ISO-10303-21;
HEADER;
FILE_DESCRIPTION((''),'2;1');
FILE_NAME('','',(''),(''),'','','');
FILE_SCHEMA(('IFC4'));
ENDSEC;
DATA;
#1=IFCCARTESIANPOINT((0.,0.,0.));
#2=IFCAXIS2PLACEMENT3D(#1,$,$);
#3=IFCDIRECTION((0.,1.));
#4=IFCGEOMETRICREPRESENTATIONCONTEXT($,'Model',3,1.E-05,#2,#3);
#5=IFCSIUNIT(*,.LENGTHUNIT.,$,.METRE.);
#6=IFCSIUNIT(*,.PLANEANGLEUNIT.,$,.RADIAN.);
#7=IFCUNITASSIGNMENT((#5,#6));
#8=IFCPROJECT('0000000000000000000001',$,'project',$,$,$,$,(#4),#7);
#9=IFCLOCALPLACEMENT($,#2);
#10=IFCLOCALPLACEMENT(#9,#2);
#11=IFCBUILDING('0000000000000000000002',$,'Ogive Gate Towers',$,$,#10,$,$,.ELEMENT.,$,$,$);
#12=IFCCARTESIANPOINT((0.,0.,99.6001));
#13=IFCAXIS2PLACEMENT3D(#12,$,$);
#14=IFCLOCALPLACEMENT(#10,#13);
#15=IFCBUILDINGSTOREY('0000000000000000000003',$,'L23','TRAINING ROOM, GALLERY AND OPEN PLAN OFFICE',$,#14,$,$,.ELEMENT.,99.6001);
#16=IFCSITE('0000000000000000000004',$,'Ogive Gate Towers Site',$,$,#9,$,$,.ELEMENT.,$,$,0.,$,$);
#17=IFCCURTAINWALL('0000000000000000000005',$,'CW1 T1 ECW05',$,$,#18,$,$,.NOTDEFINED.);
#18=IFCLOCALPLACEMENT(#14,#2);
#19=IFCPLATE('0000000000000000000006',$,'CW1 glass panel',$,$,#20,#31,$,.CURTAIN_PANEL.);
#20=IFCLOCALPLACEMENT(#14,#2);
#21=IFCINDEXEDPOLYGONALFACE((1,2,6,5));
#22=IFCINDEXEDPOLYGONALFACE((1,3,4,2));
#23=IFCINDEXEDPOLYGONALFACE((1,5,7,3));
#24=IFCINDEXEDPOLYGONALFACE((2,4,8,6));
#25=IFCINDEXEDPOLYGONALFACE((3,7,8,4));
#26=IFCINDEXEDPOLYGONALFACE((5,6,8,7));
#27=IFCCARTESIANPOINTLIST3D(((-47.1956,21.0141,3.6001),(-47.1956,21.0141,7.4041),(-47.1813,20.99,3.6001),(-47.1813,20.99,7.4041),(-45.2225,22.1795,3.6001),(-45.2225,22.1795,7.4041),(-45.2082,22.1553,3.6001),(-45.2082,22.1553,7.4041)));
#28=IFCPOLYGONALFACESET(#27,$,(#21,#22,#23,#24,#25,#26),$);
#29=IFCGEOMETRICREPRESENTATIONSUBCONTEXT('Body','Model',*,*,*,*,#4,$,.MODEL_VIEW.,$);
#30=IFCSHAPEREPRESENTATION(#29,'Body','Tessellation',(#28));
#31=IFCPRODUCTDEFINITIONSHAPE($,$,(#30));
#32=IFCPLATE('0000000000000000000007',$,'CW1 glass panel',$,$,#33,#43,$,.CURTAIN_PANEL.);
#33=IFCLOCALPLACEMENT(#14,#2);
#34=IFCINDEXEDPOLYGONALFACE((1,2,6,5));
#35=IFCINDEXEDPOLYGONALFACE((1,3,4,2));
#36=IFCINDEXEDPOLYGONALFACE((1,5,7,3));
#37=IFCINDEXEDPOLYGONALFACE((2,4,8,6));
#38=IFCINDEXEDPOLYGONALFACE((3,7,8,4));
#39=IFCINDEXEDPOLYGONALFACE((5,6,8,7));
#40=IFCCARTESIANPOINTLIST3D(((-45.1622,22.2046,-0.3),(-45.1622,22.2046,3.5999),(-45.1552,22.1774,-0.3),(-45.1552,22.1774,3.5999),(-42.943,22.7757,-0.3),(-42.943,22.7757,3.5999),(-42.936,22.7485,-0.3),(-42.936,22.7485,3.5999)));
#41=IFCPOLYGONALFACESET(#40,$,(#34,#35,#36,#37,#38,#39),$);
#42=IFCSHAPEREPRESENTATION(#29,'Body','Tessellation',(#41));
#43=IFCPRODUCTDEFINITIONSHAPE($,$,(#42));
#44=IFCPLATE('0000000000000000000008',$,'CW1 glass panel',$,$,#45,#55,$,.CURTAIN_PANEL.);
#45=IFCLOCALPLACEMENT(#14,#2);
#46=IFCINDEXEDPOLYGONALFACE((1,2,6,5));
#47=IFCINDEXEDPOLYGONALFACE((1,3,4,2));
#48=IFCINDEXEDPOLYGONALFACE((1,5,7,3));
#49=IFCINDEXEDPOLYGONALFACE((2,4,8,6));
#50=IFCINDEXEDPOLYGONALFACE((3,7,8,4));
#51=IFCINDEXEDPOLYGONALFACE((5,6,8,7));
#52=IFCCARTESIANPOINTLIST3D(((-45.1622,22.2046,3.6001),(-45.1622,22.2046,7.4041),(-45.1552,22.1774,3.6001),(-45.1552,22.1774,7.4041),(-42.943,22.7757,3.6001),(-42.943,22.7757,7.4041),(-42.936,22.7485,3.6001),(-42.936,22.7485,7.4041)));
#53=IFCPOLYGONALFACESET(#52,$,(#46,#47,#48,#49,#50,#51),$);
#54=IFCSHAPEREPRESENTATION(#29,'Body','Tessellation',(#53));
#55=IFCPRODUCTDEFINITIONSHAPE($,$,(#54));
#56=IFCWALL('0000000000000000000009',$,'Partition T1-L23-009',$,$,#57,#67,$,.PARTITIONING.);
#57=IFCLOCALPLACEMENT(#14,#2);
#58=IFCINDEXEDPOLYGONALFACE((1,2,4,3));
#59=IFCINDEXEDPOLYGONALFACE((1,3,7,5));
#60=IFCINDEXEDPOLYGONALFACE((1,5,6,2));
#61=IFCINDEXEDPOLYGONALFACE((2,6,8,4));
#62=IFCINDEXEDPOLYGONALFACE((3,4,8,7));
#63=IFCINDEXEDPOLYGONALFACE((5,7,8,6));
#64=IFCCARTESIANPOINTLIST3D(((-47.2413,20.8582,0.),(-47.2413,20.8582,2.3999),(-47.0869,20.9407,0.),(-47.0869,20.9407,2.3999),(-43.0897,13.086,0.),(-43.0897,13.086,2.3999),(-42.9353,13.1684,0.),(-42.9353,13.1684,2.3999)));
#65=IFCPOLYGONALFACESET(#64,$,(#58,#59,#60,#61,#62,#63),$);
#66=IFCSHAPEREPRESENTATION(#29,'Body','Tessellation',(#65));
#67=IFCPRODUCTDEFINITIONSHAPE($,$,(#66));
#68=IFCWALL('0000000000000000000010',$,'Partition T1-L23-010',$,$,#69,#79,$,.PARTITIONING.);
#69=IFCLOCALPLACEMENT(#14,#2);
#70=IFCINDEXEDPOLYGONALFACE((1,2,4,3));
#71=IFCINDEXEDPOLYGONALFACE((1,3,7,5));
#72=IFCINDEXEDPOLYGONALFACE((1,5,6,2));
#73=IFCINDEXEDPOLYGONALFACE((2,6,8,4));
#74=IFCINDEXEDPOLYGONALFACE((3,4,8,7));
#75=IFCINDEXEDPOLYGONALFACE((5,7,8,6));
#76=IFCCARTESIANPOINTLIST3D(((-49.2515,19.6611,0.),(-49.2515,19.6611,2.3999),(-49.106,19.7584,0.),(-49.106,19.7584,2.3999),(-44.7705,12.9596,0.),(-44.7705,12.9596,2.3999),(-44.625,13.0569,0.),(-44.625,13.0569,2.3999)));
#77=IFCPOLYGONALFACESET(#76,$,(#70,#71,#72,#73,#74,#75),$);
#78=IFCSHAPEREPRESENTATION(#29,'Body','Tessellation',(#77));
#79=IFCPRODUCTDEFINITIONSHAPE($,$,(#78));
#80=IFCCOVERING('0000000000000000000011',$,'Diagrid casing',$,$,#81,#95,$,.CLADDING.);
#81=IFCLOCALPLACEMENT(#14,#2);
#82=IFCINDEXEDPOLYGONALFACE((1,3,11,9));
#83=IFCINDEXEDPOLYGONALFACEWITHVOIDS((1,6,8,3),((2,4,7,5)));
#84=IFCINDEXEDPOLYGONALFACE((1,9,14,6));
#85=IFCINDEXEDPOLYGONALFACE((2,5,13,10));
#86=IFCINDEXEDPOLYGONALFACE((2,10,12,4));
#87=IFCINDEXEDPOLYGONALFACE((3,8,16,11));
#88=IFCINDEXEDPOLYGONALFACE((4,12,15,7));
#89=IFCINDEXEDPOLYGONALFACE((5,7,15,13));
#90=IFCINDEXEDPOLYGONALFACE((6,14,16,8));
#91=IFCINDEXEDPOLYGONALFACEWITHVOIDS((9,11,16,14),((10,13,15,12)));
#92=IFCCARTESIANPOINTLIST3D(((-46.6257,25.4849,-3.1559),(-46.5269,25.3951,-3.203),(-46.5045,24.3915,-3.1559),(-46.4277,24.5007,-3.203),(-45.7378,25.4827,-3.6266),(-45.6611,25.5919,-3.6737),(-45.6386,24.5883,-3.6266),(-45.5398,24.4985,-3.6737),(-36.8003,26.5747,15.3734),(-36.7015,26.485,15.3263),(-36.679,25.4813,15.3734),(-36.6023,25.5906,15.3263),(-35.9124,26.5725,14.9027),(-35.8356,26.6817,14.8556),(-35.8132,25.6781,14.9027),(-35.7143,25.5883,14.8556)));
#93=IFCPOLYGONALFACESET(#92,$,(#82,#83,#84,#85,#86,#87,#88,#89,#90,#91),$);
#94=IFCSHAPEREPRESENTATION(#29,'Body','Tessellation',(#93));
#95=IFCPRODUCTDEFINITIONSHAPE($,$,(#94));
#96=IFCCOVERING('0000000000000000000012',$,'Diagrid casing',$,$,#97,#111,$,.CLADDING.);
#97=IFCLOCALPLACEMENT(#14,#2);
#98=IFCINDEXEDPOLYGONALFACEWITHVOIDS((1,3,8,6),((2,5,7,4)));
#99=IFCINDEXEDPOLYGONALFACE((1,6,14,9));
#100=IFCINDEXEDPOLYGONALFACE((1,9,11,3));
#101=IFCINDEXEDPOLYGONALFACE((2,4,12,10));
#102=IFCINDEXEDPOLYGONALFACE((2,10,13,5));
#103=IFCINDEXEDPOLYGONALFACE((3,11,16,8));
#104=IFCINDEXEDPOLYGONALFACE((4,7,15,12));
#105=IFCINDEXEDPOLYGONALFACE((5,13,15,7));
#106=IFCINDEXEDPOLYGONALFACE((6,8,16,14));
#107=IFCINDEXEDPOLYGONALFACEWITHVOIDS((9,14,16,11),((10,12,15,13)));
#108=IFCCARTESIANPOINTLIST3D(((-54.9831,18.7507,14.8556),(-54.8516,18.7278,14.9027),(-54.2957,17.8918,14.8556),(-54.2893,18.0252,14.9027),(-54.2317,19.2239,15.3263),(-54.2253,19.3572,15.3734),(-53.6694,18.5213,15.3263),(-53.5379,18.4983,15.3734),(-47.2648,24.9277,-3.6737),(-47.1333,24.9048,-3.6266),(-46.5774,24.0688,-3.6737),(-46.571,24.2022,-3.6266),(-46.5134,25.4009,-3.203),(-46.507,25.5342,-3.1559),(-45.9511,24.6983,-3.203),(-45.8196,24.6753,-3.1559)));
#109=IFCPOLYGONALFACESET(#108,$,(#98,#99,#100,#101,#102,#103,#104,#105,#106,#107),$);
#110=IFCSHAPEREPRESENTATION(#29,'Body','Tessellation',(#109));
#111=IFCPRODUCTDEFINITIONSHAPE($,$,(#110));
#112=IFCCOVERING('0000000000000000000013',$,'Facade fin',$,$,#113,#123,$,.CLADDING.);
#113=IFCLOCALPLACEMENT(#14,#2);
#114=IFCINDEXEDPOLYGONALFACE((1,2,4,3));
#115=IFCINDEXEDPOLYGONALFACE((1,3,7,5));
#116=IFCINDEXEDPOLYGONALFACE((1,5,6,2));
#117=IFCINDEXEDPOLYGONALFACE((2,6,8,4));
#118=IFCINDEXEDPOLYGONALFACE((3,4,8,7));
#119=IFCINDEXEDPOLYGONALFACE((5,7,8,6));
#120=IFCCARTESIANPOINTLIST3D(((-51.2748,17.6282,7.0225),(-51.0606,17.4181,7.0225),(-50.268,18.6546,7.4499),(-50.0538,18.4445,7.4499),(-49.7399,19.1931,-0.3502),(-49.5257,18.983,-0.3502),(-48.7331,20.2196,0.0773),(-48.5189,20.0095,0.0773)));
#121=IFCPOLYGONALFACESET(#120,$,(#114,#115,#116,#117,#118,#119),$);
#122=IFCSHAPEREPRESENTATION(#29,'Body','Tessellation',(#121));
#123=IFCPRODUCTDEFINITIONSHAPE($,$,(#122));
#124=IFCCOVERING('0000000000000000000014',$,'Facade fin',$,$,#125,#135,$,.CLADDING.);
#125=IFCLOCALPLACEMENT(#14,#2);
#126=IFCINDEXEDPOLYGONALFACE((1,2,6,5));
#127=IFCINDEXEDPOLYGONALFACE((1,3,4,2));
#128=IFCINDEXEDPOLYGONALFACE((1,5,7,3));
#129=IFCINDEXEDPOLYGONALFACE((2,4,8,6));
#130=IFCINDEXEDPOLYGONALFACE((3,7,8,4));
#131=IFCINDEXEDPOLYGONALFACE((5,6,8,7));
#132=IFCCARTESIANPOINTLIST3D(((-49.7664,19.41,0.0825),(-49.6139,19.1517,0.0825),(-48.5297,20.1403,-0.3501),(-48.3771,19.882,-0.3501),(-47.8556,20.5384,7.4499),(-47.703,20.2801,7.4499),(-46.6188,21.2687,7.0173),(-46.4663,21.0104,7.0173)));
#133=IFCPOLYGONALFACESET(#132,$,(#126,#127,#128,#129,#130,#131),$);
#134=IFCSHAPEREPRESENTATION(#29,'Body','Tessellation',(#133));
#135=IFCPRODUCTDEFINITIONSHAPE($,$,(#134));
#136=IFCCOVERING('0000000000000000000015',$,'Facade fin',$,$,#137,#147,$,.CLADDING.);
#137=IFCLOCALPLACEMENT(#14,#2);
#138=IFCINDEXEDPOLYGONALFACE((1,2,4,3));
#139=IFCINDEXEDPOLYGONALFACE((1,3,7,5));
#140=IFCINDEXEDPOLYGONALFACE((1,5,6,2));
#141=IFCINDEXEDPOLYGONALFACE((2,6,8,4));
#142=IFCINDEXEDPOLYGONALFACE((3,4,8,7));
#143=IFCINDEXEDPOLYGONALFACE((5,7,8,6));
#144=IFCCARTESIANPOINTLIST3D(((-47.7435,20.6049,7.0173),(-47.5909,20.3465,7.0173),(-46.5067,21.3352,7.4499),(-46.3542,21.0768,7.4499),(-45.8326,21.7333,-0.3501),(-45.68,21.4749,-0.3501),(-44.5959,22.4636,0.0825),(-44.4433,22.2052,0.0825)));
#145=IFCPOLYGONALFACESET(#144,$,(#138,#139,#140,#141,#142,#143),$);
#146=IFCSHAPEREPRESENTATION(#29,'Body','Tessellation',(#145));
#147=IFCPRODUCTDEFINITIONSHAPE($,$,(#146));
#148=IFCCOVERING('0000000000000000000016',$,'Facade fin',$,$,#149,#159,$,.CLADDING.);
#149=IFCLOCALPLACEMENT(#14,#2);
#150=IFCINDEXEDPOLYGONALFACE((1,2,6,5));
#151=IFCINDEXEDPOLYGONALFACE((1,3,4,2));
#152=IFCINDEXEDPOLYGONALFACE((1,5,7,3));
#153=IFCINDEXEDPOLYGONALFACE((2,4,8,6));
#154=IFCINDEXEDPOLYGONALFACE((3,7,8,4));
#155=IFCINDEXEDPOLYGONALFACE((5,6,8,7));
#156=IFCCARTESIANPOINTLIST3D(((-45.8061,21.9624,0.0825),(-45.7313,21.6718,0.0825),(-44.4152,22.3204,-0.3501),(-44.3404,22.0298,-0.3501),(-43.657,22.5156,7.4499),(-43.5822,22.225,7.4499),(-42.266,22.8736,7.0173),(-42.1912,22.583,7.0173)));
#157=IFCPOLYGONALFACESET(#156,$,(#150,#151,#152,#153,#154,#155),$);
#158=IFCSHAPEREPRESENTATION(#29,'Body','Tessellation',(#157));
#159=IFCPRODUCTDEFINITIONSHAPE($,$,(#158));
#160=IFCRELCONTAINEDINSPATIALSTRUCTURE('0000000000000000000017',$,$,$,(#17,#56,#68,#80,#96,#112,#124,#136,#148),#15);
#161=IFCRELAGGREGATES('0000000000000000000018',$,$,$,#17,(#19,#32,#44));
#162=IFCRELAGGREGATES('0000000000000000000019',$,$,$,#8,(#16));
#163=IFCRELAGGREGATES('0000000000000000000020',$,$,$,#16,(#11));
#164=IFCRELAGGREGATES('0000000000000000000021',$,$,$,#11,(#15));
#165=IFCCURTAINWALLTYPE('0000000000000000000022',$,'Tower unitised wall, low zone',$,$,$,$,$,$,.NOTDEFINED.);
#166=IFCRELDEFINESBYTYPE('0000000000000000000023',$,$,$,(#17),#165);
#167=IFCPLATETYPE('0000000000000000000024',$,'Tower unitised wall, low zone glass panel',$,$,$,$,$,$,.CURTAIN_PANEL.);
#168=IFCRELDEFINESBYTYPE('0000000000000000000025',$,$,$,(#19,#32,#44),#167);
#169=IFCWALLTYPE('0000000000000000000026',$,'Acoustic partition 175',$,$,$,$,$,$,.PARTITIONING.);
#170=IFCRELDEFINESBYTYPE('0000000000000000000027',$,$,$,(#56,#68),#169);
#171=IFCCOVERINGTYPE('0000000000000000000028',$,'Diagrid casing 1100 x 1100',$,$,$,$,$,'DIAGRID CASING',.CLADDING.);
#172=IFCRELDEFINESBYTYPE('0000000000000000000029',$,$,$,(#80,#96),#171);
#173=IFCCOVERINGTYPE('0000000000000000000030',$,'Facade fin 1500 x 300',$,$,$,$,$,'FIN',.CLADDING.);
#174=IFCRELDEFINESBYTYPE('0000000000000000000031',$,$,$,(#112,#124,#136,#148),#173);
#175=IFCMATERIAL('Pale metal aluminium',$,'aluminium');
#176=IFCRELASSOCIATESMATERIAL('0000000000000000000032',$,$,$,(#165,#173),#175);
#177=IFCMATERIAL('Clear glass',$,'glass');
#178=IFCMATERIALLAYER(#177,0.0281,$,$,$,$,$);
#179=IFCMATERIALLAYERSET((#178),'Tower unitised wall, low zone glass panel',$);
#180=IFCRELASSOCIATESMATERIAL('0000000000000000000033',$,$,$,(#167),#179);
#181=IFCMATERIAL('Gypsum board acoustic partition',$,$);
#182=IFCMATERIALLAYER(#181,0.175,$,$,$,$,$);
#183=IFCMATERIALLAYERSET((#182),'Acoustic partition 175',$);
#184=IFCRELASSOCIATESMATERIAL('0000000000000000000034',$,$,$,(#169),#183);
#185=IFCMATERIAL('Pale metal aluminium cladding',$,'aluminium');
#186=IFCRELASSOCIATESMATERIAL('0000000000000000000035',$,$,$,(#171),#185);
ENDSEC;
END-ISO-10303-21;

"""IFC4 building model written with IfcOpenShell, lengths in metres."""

from ifc_helpers import new_model, si_unit, direction, frame, frame_2d, origin, origin_2d, place, context, subcontext, project, spatial, rectangle, hollow_rectangle, extrude, material, layer, layer_set, material_profile, profile_set, type_object, element, aggregate, save


model = new_model("IFC4")

# Units and contexts
model_context = context("Model", 3, precision=1e-05, world=origin(), true_north=direction((0.0, 1.0)))
body_context = subcontext(model_context, "Body", "Model", "MODEL_VIEW")
ifc_project = project(units=[si_unit("LENGTHUNIT", "METRE"), si_unit("PLANEANGLEUNIT", "RADIAN")], contexts=[model_context])

# Site, building, storey
site_placement = place(None, origin())
site = spatial("IfcSite", under=ifc_project, at=site_placement, Name="Ogive Gate Towers Site", CompositionType="ELEMENT", RefElevation=0.0)
building_placement = place(site_placement, origin())
building = spatial("IfcBuilding", under=site, at=building_placement, Name="Ogive Gate Towers", CompositionType="ELEMENT")
storey_placement = place(building_placement, frame((0.0, 0.0, 99.6001)))
storey = spatial("IfcBuildingStorey", under=building, at=storey_placement, Name="L23", Description="TRAINING ROOM, GALLERY AND OPEN PLAN OFFICE", CompositionType="ELEMENT", Elevation=99.6001)

# Curtain wall, plates
ifc_material_1 = material(Name="Pale metal aluminium", Category="aluminium")
curtain_wall_type = type_object("IfcCurtainWallType", Name="Tower unitised wall, low zone", PredefinedType="NOTDEFINED", material=ifc_material_1)
curtain_wall_placement = place(storey_placement, origin())
curtain_wall = element("IfcCurtainWall", 1, at=curtain_wall_placement, inside=storey, type_object=curtain_wall_type, Name="CW1 T1 ECW05", PredefinedType="NOTDEFINED")
ifc_material_2 = material(Name="Clear glass", Category="glass")
ifc_layer_1 = layer(ifc_material_2, 0.0281)
ifc_layer_set_1 = layer_set([ifc_layer_1], Name="Tower unitised wall, low zone glass panel")
plate_type = type_object("IfcPlateType", Name="Tower unitised wall, low zone glass panel", PredefinedType="CURTAIN_PANEL", material=ifc_layer_set_1)
plate_1_placement = place(storey_placement, frame((-46.2019, 21.5847, 3.6001), z_axis=(0.0, 0.0, 1.0), x_axis=(0.861035, 0.508546, 0.0)))
plate_1 = element("IfcPlate", 2, at=plate_1_placement, type_object=plate_type, Name="CW1 glass panel", PredefinedType="CURTAIN_PANEL", context=body_context, shape_type="SweptSolid", body=[
    extrude(rectangle(XDim=2.2915, YDim=0.0281, at=origin_2d()), origin(), (0.0, 0.0, 1.0), 3.804),
])
plate_2_placement = place(storey_placement, frame((-44.0491, 22.4766, -0.3), z_axis=(0.0, 0.0, 1.0), x_axis=(0.96844, 0.249248, 0.0)))
plate_2 = element("IfcPlate", 3, at=plate_2_placement, type_object=plate_type, Name="CW1 glass panel", PredefinedType="CURTAIN_PANEL", context=body_context, shape_type="SweptSolid", body=[
    extrude(rectangle(XDim=2.2915, YDim=0.0281, at=origin_2d()), origin(), (0.0, 0.0, 1.0), 3.8999),
])
plate_3_placement = place(storey_placement, frame((-44.0491, 22.4766, 3.6001), z_axis=(0.0, 0.0, 1.0), x_axis=(0.96844, 0.249248, 0.0)))
plate_3 = element("IfcPlate", 4, at=plate_3_placement, type_object=plate_type, Name="CW1 glass panel", PredefinedType="CURTAIN_PANEL", context=body_context, shape_type="SweptSolid", body=[
    extrude(rectangle(XDim=2.2915, YDim=0.0281, at=origin_2d()), origin(), (0.0, 0.0, 1.0), 3.804),
])
aggregate(curtain_wall, [plate_1, plate_2, plate_3])

# Walls
ifc_material_3 = material(Name="Gypsum board acoustic partition")
ifc_layer_2 = layer(ifc_material_3, 0.175)
ifc_layer_set_2 = layer_set([ifc_layer_2], Name="Acoustic partition 175")
wall_type = type_object("IfcWallType", Name="Acoustic partition 175", PredefinedType="PARTITIONING", material=ifc_layer_set_2)
wall_1_placement = place(storey_placement, frame((-47.1641, 20.8994, 0.0), z_axis=(0.0, 0.0, 1.0), x_axis=(0.471156, -0.88205, 0.0)))
element("IfcWall", 5, at=wall_1_placement, inside=storey, type_object=wall_type, Name="Partition T1-L23-009", PredefinedType="PARTITIONING", context=body_context, shape_type="SweptSolid", body=[
    extrude(rectangle(XDim=8.8115, YDim=0.175, at=frame_2d((4.4058, 0.0))), origin(), (0.0, 0.0, 1.0), 2.3999),
])
wall_2_placement = place(storey_placement, frame((-49.1787, 19.7097, 0.0), z_axis=(0.0, 0.0, 1.0), x_axis=(0.555846, -0.831285, 0.0)))
element("IfcWall", 6, at=wall_2_placement, inside=storey, type_object=wall_type, Name="Partition T1-L23-010", PredefinedType="PARTITIONING", context=body_context, shape_type="SweptSolid", body=[
    extrude(rectangle(XDim=8.0615, YDim=0.175, at=frame_2d((4.0308, 0.0))), origin(), (0.0, 0.0, 1.0), 2.3999),
])

# Coverings
ifc_material_4 = material(Name="Pale metal aluminium cladding", Category="aluminium")
ifc_material_profile_1 = material_profile(ifc_material_4, hollow_rectangle(XDim=1.1001, YDim=1.1001, WallThickness=0.1001, at=origin_2d()), Name="1100 x 1100 pale metal casing")
ifc_profile_set_1 = profile_set([ifc_material_profile_1], Name="Pale metal aluminium cladding")
covering_type_1 = type_object("IfcCoveringType", Name="Diagrid casing 1100 x 1100", ElementType="DIAGRID CASING", PredefinedType="CLADDING", material=ifc_profile_set_1)
for number, where, z_axis, x_axis, name in (
    (7, (-46.0828, 24.9917, -3.4148), (0.467845, 0.051894, 0.882286), (-0.110244, 0.993904, 0.0), "Diagrid casing"),
    (8, (-46.5422, 24.8015, -3.4148), (-0.367511, -0.294122, 0.882286), (0.624843, -0.780751, 0.0), "Diagrid casing"),
):
    element("IfcCovering", number, at=place(storey_placement, frame(where, z_axis=z_axis, x_axis=x_axis)), inside=storey, type_object=covering_type_1, Name=name, PredefinedType="CLADDING", context=body_context, shape_type="SweptSolid", body=[
        extrude(hollow_rectangle(XDim=1.1001, YDim=1.1001, WallThickness=0.1001, at=origin_2d()), origin(), (0.0, 0.0, 1.0), 21.0015),
    ])
ifc_material_profile_2 = material_profile(ifc_material_1, rectangle(XDim=0.3, YDim=1.5, at=origin_2d()), Name="1500 x 300 pale metal aluminium")
ifc_profile_set_2 = profile_set([ifc_material_profile_2], Name="Pale metal aluminium")
covering_type_2 = type_object("IfcCoveringType", Name="Facade fin 1500 x 300", ElementType="FIN", PredefinedType="CLADDING", material=ifc_profile_set_2)
covering_placement = place(storey_placement, frame((-49.1294, 19.6013, -0.1365), z_axis=(-0.199559, -0.203463, 0.95853), x_axis=(0.713923, -0.700224, 0.0)))
element("IfcCovering", 9, at=covering_placement, inside=storey, type_object=covering_type_2, Name="Facade fin", PredefinedType="CLADDING", context=body_context, shape_type="SweptSolid", body=[
    extrude(rectangle(XDim=0.3, YDim=1.5, at=origin_2d()), origin(), (0.0, 0.0, 1.0), 7.6917),
])
for number, where, z_axis, x_axis, name in (
    (10, (-49.0718, 19.646, -0.1338), (0.248348, 0.146654, 0.957505), (-0.508481, 0.861073, 0.0), "Facade fin"),
    (11, (-45.1379, 21.9692, -0.1338), (-0.248348, -0.146654, 0.957505), (0.508481, -0.861073, 0.0), "Facade fin"),
    (12, (-45.0732, 21.9961, -0.1338), (0.279316, 0.071899, 0.957504), (-0.249286, 0.96843, 0.0), "Facade fin"),
):
    element("IfcCovering", number, at=place(storey_placement, frame(where, z_axis=z_axis, x_axis=x_axis)), inside=storey, type_object=covering_type_2, Name=name, PredefinedType="CLADDING", context=body_context, shape_type="SweptSolid", body=[
        extrude(rectangle(XDim=0.3, YDim=1.5, at=origin_2d()), origin(), (0.0, 0.0, 1.0), 7.6943),
    ])

save(model, "model.ifc")
